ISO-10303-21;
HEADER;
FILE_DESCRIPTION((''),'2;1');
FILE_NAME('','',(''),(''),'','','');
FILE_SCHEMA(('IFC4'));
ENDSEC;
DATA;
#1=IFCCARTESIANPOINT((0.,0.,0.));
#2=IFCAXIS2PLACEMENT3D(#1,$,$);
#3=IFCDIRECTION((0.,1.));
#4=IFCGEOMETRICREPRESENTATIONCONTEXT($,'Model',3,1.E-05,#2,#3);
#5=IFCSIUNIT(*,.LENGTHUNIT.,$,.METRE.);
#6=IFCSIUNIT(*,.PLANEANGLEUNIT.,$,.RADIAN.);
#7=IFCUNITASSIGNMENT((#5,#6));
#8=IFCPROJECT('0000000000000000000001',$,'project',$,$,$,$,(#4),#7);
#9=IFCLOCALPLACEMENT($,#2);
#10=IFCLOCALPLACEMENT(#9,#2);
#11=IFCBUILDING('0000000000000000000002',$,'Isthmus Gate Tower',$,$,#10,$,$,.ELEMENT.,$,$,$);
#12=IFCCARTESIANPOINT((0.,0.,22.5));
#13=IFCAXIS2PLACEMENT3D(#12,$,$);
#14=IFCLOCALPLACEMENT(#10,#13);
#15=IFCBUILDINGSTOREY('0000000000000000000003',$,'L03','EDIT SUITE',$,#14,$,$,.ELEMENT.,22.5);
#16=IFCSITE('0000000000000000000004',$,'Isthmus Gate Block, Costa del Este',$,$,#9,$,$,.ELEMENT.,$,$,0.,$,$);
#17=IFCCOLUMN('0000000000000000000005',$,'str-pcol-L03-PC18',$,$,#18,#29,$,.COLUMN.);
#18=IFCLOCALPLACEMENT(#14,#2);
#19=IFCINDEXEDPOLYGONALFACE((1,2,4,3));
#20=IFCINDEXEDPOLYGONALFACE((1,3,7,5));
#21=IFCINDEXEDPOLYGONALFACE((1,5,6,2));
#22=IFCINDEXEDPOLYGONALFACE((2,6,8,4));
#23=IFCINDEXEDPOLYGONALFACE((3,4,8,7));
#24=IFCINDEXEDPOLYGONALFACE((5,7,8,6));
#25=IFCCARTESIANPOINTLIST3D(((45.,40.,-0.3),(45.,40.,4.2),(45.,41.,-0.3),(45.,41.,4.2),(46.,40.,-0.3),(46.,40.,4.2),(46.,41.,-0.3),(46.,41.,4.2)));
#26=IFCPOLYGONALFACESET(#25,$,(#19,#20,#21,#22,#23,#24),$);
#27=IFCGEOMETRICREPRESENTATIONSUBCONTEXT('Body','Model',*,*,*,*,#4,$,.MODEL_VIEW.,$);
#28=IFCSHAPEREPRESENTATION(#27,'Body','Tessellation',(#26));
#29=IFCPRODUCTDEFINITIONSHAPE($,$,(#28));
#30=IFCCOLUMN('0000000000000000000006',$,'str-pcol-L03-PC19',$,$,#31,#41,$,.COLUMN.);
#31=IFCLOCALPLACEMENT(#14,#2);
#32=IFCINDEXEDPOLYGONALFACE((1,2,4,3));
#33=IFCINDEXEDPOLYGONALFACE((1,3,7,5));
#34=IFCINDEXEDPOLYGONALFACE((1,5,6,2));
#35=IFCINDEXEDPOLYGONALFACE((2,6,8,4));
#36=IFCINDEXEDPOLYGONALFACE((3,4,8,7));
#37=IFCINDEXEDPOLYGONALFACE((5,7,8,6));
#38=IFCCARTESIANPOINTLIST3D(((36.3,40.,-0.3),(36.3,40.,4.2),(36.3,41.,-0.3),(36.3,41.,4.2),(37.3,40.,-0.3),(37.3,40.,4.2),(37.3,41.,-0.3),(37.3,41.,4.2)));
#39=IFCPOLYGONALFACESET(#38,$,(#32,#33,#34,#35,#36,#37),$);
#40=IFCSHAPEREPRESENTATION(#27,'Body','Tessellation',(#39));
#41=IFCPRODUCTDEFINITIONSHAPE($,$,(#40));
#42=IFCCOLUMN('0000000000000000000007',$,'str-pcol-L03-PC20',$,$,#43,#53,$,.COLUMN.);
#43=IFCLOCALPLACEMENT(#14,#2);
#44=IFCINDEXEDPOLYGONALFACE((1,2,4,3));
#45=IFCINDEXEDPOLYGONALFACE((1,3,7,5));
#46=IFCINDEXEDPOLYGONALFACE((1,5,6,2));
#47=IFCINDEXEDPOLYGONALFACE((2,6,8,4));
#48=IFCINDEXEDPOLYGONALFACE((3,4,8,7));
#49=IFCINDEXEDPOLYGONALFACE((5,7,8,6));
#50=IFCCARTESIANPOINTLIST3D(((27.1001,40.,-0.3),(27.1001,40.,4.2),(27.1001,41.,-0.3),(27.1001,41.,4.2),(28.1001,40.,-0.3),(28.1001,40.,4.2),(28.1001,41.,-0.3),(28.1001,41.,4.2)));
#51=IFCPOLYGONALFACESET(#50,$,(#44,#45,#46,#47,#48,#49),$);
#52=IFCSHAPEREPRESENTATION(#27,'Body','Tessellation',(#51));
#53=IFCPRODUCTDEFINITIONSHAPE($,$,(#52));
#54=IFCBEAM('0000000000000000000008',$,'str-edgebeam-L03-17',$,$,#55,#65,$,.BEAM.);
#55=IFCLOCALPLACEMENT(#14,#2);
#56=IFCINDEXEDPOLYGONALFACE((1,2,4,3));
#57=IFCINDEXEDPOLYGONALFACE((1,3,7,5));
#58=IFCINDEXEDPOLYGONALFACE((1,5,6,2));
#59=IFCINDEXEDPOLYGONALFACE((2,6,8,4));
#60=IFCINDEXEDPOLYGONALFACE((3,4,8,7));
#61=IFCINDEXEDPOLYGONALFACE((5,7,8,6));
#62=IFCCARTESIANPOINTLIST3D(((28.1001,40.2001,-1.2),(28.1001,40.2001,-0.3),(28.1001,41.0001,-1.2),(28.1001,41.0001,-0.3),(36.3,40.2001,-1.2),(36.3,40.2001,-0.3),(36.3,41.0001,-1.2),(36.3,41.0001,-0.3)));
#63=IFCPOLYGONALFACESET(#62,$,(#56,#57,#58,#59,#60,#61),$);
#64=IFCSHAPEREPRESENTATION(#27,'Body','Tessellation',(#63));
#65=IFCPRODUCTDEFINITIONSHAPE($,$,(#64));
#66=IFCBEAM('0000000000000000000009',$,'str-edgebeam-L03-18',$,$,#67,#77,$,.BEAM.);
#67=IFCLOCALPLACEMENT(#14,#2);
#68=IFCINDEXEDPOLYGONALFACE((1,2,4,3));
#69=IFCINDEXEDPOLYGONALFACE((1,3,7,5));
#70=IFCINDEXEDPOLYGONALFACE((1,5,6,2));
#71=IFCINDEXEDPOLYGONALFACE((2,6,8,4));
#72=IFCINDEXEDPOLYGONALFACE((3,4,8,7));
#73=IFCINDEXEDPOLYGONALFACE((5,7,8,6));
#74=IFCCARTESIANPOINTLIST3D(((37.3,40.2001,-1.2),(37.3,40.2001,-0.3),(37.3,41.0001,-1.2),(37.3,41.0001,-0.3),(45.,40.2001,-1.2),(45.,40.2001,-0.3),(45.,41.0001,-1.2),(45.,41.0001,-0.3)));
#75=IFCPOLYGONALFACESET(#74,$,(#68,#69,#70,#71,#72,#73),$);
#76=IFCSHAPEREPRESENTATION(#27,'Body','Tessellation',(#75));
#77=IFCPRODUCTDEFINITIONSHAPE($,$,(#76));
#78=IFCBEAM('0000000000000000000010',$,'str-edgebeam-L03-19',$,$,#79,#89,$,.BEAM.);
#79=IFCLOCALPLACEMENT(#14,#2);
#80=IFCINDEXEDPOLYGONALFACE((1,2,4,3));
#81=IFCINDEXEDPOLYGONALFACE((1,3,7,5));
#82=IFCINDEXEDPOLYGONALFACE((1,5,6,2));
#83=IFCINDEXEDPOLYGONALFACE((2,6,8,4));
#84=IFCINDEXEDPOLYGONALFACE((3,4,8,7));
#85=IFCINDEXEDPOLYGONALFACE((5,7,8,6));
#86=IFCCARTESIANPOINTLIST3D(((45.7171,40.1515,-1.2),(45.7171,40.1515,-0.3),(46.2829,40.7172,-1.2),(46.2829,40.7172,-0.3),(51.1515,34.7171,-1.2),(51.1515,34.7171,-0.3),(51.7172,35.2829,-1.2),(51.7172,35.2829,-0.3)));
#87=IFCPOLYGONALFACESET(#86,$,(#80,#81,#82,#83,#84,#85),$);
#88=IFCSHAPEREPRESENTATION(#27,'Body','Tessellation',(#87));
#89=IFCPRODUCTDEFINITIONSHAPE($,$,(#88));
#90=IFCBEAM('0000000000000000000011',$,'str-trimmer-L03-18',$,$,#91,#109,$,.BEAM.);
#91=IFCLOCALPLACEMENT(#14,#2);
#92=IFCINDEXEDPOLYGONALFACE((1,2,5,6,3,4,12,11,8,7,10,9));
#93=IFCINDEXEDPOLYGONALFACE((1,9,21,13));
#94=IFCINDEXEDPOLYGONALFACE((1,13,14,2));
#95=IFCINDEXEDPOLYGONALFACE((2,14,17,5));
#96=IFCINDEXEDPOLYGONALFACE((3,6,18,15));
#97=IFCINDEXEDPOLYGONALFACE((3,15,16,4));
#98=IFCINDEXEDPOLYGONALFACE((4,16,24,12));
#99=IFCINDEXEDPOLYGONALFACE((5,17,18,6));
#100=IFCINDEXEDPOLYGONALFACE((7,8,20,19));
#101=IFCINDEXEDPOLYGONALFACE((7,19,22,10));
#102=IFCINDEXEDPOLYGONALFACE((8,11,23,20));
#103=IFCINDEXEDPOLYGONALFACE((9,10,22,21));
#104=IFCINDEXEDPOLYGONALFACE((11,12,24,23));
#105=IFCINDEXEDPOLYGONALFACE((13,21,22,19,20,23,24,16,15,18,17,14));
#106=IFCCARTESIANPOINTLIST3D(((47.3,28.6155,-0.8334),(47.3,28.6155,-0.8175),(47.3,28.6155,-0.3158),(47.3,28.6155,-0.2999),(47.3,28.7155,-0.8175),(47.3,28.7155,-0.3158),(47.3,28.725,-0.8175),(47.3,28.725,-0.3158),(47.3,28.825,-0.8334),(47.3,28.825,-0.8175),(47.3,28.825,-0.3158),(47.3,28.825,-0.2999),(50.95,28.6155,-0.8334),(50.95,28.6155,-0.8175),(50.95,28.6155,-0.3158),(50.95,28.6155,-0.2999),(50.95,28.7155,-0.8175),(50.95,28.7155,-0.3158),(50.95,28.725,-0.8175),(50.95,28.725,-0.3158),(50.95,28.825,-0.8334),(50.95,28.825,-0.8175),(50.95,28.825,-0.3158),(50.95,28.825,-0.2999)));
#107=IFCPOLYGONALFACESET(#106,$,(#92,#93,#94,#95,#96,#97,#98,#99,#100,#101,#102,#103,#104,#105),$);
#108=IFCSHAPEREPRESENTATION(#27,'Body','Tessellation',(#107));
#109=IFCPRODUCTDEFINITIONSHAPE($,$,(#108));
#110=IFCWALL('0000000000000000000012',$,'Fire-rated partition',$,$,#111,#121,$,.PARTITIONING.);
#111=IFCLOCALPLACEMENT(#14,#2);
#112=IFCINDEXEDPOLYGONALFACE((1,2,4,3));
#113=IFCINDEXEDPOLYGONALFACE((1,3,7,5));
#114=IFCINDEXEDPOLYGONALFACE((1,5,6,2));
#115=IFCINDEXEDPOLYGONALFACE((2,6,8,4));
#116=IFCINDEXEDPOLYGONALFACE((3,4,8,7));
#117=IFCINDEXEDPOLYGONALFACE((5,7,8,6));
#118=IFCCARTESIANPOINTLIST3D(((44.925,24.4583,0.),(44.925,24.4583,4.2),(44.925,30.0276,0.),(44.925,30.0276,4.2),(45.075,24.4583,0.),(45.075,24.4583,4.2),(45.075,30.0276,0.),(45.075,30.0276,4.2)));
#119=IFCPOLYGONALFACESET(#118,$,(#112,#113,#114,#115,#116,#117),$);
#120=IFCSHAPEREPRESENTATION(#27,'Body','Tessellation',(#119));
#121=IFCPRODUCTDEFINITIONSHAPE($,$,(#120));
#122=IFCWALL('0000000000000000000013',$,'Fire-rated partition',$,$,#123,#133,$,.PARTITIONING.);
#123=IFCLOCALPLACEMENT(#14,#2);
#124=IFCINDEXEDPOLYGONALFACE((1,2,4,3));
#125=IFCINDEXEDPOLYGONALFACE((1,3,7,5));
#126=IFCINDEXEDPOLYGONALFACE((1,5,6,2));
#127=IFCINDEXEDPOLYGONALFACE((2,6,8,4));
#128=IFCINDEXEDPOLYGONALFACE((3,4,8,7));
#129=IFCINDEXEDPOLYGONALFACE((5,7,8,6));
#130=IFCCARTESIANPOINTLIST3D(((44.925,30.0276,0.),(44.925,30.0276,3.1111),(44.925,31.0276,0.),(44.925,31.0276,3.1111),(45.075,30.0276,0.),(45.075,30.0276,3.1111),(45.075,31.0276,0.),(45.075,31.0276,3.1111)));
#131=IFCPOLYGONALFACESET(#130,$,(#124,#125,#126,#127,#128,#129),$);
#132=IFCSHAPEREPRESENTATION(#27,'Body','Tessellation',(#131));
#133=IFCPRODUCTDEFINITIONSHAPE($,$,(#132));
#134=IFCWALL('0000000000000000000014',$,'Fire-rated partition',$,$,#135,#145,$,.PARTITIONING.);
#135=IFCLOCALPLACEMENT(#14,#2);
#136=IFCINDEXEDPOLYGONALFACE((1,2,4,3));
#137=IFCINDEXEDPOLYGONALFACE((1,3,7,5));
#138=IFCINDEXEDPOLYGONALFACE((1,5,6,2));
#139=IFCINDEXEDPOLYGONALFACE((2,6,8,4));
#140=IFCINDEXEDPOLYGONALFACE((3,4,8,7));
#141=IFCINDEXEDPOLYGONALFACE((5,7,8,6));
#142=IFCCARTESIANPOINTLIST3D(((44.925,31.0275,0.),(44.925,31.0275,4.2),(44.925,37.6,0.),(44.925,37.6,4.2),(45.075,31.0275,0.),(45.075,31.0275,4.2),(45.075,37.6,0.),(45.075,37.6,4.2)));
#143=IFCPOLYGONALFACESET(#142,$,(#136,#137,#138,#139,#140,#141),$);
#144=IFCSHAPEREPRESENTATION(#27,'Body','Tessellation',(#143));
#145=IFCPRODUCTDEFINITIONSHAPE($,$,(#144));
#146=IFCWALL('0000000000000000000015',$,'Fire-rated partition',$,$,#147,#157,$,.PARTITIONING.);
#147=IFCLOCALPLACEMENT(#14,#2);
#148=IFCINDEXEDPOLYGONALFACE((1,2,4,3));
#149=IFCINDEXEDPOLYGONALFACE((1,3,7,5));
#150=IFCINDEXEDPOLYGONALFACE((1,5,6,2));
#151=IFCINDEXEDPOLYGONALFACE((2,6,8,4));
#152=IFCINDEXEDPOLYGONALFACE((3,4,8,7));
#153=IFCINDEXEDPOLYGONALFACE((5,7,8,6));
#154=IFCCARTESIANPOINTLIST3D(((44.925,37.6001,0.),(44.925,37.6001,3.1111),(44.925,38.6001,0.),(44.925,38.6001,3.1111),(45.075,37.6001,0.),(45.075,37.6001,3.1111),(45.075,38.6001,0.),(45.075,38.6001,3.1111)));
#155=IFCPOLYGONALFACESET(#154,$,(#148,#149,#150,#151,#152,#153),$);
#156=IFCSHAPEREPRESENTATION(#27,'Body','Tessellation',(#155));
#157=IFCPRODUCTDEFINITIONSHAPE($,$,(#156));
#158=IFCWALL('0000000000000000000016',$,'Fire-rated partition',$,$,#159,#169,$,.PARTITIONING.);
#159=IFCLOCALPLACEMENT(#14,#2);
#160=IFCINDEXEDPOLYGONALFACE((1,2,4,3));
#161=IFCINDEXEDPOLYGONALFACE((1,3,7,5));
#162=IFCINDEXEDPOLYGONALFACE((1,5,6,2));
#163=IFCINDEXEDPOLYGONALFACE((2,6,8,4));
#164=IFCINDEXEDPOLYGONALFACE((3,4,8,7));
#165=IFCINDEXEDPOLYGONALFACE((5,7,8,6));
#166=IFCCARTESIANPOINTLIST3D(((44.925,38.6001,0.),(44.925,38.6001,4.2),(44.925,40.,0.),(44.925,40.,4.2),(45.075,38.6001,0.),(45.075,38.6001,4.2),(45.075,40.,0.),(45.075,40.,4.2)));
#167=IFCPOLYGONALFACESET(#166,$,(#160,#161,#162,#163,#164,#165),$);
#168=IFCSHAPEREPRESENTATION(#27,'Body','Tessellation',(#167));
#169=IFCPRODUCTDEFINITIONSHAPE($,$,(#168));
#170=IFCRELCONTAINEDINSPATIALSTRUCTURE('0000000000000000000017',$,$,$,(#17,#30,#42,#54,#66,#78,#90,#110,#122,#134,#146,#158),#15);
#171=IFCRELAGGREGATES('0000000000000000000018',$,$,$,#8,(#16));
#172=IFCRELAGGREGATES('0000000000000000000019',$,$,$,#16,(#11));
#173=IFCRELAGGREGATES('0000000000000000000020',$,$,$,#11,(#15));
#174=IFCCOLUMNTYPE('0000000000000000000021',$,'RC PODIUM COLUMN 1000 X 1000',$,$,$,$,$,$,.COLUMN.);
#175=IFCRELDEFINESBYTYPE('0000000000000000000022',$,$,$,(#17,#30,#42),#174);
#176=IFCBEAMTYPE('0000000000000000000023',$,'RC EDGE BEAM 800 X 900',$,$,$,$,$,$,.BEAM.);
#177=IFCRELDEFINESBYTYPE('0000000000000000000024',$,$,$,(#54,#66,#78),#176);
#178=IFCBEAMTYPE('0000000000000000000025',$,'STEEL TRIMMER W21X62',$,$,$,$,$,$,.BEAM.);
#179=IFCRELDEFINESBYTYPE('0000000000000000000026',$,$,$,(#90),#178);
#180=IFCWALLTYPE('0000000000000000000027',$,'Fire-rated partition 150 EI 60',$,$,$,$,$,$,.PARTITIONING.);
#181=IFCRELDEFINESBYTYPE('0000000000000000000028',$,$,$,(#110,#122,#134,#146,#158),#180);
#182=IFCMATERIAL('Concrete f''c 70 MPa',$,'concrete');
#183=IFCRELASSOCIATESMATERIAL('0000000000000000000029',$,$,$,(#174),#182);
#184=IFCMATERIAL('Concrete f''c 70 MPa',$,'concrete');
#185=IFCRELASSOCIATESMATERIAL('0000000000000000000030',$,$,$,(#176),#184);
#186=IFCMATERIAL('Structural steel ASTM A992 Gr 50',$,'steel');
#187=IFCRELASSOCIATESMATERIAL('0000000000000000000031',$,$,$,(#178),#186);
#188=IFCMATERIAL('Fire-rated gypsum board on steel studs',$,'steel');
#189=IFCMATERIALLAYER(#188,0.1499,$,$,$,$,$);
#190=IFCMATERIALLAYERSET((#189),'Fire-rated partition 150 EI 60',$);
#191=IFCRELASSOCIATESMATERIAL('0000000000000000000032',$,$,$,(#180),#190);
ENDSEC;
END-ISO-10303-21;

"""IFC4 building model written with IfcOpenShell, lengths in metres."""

from ifc_helpers import new_model, si_unit, direction, frame, frame_2d, origin, origin_2d, place, context, subcontext, project, spatial, rectangle, i_section, extrude, material, layer, layer_set, material_profile, profile_set, type_object, element, save


model = new_model("IFC4")

# Units and contexts
model_context = context("Model", 3, precision=1e-05, world=origin(), true_north=direction((0.0, 1.0)))
body_context = subcontext(model_context, "Body", "Model", "MODEL_VIEW")
ifc_project = project(units=[si_unit("LENGTHUNIT", "METRE"), si_unit("PLANEANGLEUNIT", "RADIAN")], contexts=[model_context])

# Site, building, storey
site_placement = place(None, origin())
site = spatial("IfcSite", under=ifc_project, at=site_placement, Name="Isthmus Gate Block, Costa del Este", CompositionType="ELEMENT", RefElevation=0.0)
building_placement = place(site_placement, origin())
building = spatial("IfcBuilding", under=site, at=building_placement, Name="Isthmus Gate Tower", CompositionType="ELEMENT")
storey_placement = place(building_placement, frame((0.0, 0.0, 22.5)))
storey = spatial("IfcBuildingStorey", under=building, at=storey_placement, Name="L03", Description="EDIT SUITE", CompositionType="ELEMENT", Elevation=22.5)

# Columns
ifc_material_1 = material(Name="Concrete f'c 70 MPa", Category="concrete")
ifc_material_profile_1 = material_profile(ifc_material_1, rectangle(XDim=1.0, YDim=1.0, at=origin_2d()), Name="RC 1000X1000")
ifc_profile_set_1 = profile_set([ifc_material_profile_1], Name="Concrete f'c 70 MPa")
column_type = type_object("IfcColumnType", Name="RC PODIUM COLUMN 1000 X 1000", PredefinedType="COLUMN", material=ifc_profile_set_1)
for number, where, z_axis, x_axis, name in (
    (1, (45.5, 40.5, -0.3), (0.0, 0.0, 1.0), (-1.0, 0.0, 0.0), "str-pcol-L03-PC18"),
    (2, (36.8, 40.5, -0.3), (0.0, 0.0, 1.0), (-1.0, 0.0, 0.0), "str-pcol-L03-PC19"),
    (3, (27.6001, 40.5, -0.3), (0.0, 0.0, 1.0), (-1.0, 0.0, 0.0), "str-pcol-L03-PC20"),
):
    element("IfcColumn", number, at=place(storey_placement, frame(where, z_axis=z_axis, x_axis=x_axis)), inside=storey, type_object=column_type, Name=name, PredefinedType="COLUMN", context=body_context, shape_type="SweptSolid", body=[
        extrude(rectangle(XDim=1.0, YDim=1.0, at=origin_2d()), origin(), (0.0, 0.0, 1.0), 4.5),
    ])

# Beams
ifc_material_2 = material(Name="Concrete f'c 70 MPa", Category="concrete")
ifc_material_profile_2 = material_profile(ifc_material_2, rectangle(XDim=0.8, YDim=0.8999, at=origin_2d()), Name="RC 800X900")
ifc_profile_set_2 = profile_set([ifc_material_profile_2], Name="Concrete f'c 70 MPa")
beam_type_1 = type_object("IfcBeamType", Name="RC EDGE BEAM 800 X 900", PredefinedType="BEAM", material=ifc_profile_set_2)
beam_1_placement = place(storey_placement, frame((28.1001, 40.6001, -0.75), z_axis=(1.0, 0.0, 0.0), x_axis=(0.0, 1.0, 0.0)))
element("IfcBeam", 4, at=beam_1_placement, inside=storey, type_object=beam_type_1, Name="str-edgebeam-L03-17", PredefinedType="BEAM", context=body_context, shape_type="SweptSolid", body=[
    extrude(rectangle(XDim=0.8, YDim=0.8999, at=origin_2d()), origin(), (0.0, 0.0, 1.0), 8.2),
])
beam_2_placement = place(storey_placement, frame((37.3, 40.6001, -0.75), z_axis=(1.0, 0.0, 0.0), x_axis=(0.0, 1.0, 0.0)))
element("IfcBeam", 5, at=beam_2_placement, inside=storey, type_object=beam_type_1, Name="str-edgebeam-L03-18", PredefinedType="BEAM", context=body_context, shape_type="SweptSolid", body=[
    extrude(rectangle(XDim=0.8, YDim=0.8999, at=origin_2d()), origin(), (0.0, 0.0, 1.0), 7.7),
])
beam_3_placement = place(storey_placement, frame((46.0, 40.4343, -0.75), z_axis=(0.707107, -0.707107, 0.0), x_axis=(0.707107, 0.707107, 0.0)))
element("IfcBeam", 6, at=beam_3_placement, inside=storey, type_object=beam_type_1, Name="str-edgebeam-L03-19", PredefinedType="BEAM", context=body_context, shape_type="SweptSolid", body=[
    extrude(rectangle(XDim=0.8, YDim=0.8999, at=origin_2d()), origin(), (0.0, 0.0, 1.0), 7.6853),
])
ifc_material_3 = material(Name="Structural steel ASTM A992 Gr 50", Category="steel")
ifc_material_profile_3 = material_profile(ifc_material_3, i_section(OverallWidth=0.2095, OverallDepth=0.5334, WebThickness=0.0095, FlangeThickness=0.0159, at=origin_2d()), Name="W21X62")
ifc_profile_set_3 = profile_set([ifc_material_profile_3], Name="Structural steel ASTM A992 Gr 50")
beam_type_2 = type_object("IfcBeamType", Name="STEEL TRIMMER W21X62", PredefinedType="BEAM", material=ifc_profile_set_3)
beam_4_placement = place(storey_placement, frame((47.3, 28.7202, -0.5667), z_axis=(1.0, 0.0, 0.0), x_axis=(0.0, 1.0, 0.0)))
element("IfcBeam", 7, at=beam_4_placement, inside=storey, type_object=beam_type_2, Name="str-trimmer-L03-18", PredefinedType="BEAM", context=body_context, shape_type="SweptSolid", body=[
    extrude(i_section(OverallWidth=0.2095, OverallDepth=0.5334, WebThickness=0.0095, FlangeThickness=0.0159, at=origin_2d()), origin(), (0.0, 0.0, 1.0), 3.6499),
])

# Walls
ifc_material_4 = material(Name="Fire-rated gypsum board on steel studs", Category="steel")
ifc_layer_1 = layer(ifc_material_4, 0.1499)
ifc_layer_set_1 = layer_set([ifc_layer_1], Name="Fire-rated partition 150 EI 60")
wall_type_1 = type_object("IfcWallType", Name="Fire-rated partition 150 EI 60", PredefinedType="PARTITIONING", material=ifc_layer_set_1)
wall_1_placement = place(storey_placement, frame((45.0, 24.4583, 0.0), z_axis=(0.0, 0.0, 1.0), x_axis=(0.0, 1.0, 0.0)))
element("IfcWall", 8, at=wall_1_placement, inside=storey, type_object=wall_type_1, Name="Fire-rated partition", PredefinedType="PARTITIONING", context=body_context, shape_type="SweptSolid", body=[
    extrude(rectangle(XDim=5.5693, YDim=0.1499, at=frame_2d((2.7847, 0.0))), origin(), (0.0, 0.0, 1.0), 4.2),
])
wall_2_placement = place(storey_placement, frame((45.0, 30.0276, 0.0), z_axis=(0.0, 0.0, 1.0), x_axis=(0.0, 1.0, 0.0)))
element("IfcWall", 9, at=wall_2_placement, inside=storey, type_object=wall_type_1, Name="Fire-rated partition", PredefinedType="PARTITIONING", context=body_context, shape_type="SweptSolid", body=[
    extrude(rectangle(XDim=1.0, YDim=0.1499, at=frame_2d((0.5, 0.0))), origin(), (0.0, 0.0, 1.0), 3.1111),
])
wall_3_placement = place(storey_placement, frame((45.0, 31.0276, 0.0), z_axis=(0.0, 0.0, 1.0), x_axis=(0.0, 1.0, 0.0)))
element("IfcWall", 10, at=wall_3_placement, inside=storey, type_object=wall_type_1, Name="Fire-rated partition", PredefinedType="PARTITIONING", context=body_context, shape_type="SweptSolid", body=[
    extrude(rectangle(XDim=6.5725, YDim=0.1499, at=frame_2d((3.2861, 0.0))), origin(), (0.0, 0.0, 1.0), 4.2),
])
wall_4_placement = place(storey_placement, frame((45.0, 37.6001, 0.0), z_axis=(0.0, 0.0, 1.0), x_axis=(0.0, 1.0, 0.0)))
element("IfcWall", 11, at=wall_4_placement, inside=storey, type_object=wall_type_1, Name="Fire-rated partition", PredefinedType="PARTITIONING", context=body_context, shape_type="SweptSolid", body=[
    extrude(rectangle(XDim=1.0, YDim=0.1499, at=frame_2d((0.5, 0.0))), origin(), (0.0, 0.0, 1.0), 3.1111),
])
wall_5_placement = place(storey_placement, frame((45.0, 38.6001, 0.0), z_axis=(0.0, 0.0, 1.0), x_axis=(0.0, 1.0, 0.0)))
element("IfcWall", 12, at=wall_5_placement, inside=storey, type_object=wall_type_1, Name="Fire-rated partition", PredefinedType="PARTITIONING", context=body_context, shape_type="SweptSolid", body=[
    extrude(rectangle(XDim=1.3999, YDim=0.1499, at=frame_2d((0.7, 0.0))), origin(), (0.0, 0.0, 1.0), 4.2),
])

save(model, "model.ifc")
